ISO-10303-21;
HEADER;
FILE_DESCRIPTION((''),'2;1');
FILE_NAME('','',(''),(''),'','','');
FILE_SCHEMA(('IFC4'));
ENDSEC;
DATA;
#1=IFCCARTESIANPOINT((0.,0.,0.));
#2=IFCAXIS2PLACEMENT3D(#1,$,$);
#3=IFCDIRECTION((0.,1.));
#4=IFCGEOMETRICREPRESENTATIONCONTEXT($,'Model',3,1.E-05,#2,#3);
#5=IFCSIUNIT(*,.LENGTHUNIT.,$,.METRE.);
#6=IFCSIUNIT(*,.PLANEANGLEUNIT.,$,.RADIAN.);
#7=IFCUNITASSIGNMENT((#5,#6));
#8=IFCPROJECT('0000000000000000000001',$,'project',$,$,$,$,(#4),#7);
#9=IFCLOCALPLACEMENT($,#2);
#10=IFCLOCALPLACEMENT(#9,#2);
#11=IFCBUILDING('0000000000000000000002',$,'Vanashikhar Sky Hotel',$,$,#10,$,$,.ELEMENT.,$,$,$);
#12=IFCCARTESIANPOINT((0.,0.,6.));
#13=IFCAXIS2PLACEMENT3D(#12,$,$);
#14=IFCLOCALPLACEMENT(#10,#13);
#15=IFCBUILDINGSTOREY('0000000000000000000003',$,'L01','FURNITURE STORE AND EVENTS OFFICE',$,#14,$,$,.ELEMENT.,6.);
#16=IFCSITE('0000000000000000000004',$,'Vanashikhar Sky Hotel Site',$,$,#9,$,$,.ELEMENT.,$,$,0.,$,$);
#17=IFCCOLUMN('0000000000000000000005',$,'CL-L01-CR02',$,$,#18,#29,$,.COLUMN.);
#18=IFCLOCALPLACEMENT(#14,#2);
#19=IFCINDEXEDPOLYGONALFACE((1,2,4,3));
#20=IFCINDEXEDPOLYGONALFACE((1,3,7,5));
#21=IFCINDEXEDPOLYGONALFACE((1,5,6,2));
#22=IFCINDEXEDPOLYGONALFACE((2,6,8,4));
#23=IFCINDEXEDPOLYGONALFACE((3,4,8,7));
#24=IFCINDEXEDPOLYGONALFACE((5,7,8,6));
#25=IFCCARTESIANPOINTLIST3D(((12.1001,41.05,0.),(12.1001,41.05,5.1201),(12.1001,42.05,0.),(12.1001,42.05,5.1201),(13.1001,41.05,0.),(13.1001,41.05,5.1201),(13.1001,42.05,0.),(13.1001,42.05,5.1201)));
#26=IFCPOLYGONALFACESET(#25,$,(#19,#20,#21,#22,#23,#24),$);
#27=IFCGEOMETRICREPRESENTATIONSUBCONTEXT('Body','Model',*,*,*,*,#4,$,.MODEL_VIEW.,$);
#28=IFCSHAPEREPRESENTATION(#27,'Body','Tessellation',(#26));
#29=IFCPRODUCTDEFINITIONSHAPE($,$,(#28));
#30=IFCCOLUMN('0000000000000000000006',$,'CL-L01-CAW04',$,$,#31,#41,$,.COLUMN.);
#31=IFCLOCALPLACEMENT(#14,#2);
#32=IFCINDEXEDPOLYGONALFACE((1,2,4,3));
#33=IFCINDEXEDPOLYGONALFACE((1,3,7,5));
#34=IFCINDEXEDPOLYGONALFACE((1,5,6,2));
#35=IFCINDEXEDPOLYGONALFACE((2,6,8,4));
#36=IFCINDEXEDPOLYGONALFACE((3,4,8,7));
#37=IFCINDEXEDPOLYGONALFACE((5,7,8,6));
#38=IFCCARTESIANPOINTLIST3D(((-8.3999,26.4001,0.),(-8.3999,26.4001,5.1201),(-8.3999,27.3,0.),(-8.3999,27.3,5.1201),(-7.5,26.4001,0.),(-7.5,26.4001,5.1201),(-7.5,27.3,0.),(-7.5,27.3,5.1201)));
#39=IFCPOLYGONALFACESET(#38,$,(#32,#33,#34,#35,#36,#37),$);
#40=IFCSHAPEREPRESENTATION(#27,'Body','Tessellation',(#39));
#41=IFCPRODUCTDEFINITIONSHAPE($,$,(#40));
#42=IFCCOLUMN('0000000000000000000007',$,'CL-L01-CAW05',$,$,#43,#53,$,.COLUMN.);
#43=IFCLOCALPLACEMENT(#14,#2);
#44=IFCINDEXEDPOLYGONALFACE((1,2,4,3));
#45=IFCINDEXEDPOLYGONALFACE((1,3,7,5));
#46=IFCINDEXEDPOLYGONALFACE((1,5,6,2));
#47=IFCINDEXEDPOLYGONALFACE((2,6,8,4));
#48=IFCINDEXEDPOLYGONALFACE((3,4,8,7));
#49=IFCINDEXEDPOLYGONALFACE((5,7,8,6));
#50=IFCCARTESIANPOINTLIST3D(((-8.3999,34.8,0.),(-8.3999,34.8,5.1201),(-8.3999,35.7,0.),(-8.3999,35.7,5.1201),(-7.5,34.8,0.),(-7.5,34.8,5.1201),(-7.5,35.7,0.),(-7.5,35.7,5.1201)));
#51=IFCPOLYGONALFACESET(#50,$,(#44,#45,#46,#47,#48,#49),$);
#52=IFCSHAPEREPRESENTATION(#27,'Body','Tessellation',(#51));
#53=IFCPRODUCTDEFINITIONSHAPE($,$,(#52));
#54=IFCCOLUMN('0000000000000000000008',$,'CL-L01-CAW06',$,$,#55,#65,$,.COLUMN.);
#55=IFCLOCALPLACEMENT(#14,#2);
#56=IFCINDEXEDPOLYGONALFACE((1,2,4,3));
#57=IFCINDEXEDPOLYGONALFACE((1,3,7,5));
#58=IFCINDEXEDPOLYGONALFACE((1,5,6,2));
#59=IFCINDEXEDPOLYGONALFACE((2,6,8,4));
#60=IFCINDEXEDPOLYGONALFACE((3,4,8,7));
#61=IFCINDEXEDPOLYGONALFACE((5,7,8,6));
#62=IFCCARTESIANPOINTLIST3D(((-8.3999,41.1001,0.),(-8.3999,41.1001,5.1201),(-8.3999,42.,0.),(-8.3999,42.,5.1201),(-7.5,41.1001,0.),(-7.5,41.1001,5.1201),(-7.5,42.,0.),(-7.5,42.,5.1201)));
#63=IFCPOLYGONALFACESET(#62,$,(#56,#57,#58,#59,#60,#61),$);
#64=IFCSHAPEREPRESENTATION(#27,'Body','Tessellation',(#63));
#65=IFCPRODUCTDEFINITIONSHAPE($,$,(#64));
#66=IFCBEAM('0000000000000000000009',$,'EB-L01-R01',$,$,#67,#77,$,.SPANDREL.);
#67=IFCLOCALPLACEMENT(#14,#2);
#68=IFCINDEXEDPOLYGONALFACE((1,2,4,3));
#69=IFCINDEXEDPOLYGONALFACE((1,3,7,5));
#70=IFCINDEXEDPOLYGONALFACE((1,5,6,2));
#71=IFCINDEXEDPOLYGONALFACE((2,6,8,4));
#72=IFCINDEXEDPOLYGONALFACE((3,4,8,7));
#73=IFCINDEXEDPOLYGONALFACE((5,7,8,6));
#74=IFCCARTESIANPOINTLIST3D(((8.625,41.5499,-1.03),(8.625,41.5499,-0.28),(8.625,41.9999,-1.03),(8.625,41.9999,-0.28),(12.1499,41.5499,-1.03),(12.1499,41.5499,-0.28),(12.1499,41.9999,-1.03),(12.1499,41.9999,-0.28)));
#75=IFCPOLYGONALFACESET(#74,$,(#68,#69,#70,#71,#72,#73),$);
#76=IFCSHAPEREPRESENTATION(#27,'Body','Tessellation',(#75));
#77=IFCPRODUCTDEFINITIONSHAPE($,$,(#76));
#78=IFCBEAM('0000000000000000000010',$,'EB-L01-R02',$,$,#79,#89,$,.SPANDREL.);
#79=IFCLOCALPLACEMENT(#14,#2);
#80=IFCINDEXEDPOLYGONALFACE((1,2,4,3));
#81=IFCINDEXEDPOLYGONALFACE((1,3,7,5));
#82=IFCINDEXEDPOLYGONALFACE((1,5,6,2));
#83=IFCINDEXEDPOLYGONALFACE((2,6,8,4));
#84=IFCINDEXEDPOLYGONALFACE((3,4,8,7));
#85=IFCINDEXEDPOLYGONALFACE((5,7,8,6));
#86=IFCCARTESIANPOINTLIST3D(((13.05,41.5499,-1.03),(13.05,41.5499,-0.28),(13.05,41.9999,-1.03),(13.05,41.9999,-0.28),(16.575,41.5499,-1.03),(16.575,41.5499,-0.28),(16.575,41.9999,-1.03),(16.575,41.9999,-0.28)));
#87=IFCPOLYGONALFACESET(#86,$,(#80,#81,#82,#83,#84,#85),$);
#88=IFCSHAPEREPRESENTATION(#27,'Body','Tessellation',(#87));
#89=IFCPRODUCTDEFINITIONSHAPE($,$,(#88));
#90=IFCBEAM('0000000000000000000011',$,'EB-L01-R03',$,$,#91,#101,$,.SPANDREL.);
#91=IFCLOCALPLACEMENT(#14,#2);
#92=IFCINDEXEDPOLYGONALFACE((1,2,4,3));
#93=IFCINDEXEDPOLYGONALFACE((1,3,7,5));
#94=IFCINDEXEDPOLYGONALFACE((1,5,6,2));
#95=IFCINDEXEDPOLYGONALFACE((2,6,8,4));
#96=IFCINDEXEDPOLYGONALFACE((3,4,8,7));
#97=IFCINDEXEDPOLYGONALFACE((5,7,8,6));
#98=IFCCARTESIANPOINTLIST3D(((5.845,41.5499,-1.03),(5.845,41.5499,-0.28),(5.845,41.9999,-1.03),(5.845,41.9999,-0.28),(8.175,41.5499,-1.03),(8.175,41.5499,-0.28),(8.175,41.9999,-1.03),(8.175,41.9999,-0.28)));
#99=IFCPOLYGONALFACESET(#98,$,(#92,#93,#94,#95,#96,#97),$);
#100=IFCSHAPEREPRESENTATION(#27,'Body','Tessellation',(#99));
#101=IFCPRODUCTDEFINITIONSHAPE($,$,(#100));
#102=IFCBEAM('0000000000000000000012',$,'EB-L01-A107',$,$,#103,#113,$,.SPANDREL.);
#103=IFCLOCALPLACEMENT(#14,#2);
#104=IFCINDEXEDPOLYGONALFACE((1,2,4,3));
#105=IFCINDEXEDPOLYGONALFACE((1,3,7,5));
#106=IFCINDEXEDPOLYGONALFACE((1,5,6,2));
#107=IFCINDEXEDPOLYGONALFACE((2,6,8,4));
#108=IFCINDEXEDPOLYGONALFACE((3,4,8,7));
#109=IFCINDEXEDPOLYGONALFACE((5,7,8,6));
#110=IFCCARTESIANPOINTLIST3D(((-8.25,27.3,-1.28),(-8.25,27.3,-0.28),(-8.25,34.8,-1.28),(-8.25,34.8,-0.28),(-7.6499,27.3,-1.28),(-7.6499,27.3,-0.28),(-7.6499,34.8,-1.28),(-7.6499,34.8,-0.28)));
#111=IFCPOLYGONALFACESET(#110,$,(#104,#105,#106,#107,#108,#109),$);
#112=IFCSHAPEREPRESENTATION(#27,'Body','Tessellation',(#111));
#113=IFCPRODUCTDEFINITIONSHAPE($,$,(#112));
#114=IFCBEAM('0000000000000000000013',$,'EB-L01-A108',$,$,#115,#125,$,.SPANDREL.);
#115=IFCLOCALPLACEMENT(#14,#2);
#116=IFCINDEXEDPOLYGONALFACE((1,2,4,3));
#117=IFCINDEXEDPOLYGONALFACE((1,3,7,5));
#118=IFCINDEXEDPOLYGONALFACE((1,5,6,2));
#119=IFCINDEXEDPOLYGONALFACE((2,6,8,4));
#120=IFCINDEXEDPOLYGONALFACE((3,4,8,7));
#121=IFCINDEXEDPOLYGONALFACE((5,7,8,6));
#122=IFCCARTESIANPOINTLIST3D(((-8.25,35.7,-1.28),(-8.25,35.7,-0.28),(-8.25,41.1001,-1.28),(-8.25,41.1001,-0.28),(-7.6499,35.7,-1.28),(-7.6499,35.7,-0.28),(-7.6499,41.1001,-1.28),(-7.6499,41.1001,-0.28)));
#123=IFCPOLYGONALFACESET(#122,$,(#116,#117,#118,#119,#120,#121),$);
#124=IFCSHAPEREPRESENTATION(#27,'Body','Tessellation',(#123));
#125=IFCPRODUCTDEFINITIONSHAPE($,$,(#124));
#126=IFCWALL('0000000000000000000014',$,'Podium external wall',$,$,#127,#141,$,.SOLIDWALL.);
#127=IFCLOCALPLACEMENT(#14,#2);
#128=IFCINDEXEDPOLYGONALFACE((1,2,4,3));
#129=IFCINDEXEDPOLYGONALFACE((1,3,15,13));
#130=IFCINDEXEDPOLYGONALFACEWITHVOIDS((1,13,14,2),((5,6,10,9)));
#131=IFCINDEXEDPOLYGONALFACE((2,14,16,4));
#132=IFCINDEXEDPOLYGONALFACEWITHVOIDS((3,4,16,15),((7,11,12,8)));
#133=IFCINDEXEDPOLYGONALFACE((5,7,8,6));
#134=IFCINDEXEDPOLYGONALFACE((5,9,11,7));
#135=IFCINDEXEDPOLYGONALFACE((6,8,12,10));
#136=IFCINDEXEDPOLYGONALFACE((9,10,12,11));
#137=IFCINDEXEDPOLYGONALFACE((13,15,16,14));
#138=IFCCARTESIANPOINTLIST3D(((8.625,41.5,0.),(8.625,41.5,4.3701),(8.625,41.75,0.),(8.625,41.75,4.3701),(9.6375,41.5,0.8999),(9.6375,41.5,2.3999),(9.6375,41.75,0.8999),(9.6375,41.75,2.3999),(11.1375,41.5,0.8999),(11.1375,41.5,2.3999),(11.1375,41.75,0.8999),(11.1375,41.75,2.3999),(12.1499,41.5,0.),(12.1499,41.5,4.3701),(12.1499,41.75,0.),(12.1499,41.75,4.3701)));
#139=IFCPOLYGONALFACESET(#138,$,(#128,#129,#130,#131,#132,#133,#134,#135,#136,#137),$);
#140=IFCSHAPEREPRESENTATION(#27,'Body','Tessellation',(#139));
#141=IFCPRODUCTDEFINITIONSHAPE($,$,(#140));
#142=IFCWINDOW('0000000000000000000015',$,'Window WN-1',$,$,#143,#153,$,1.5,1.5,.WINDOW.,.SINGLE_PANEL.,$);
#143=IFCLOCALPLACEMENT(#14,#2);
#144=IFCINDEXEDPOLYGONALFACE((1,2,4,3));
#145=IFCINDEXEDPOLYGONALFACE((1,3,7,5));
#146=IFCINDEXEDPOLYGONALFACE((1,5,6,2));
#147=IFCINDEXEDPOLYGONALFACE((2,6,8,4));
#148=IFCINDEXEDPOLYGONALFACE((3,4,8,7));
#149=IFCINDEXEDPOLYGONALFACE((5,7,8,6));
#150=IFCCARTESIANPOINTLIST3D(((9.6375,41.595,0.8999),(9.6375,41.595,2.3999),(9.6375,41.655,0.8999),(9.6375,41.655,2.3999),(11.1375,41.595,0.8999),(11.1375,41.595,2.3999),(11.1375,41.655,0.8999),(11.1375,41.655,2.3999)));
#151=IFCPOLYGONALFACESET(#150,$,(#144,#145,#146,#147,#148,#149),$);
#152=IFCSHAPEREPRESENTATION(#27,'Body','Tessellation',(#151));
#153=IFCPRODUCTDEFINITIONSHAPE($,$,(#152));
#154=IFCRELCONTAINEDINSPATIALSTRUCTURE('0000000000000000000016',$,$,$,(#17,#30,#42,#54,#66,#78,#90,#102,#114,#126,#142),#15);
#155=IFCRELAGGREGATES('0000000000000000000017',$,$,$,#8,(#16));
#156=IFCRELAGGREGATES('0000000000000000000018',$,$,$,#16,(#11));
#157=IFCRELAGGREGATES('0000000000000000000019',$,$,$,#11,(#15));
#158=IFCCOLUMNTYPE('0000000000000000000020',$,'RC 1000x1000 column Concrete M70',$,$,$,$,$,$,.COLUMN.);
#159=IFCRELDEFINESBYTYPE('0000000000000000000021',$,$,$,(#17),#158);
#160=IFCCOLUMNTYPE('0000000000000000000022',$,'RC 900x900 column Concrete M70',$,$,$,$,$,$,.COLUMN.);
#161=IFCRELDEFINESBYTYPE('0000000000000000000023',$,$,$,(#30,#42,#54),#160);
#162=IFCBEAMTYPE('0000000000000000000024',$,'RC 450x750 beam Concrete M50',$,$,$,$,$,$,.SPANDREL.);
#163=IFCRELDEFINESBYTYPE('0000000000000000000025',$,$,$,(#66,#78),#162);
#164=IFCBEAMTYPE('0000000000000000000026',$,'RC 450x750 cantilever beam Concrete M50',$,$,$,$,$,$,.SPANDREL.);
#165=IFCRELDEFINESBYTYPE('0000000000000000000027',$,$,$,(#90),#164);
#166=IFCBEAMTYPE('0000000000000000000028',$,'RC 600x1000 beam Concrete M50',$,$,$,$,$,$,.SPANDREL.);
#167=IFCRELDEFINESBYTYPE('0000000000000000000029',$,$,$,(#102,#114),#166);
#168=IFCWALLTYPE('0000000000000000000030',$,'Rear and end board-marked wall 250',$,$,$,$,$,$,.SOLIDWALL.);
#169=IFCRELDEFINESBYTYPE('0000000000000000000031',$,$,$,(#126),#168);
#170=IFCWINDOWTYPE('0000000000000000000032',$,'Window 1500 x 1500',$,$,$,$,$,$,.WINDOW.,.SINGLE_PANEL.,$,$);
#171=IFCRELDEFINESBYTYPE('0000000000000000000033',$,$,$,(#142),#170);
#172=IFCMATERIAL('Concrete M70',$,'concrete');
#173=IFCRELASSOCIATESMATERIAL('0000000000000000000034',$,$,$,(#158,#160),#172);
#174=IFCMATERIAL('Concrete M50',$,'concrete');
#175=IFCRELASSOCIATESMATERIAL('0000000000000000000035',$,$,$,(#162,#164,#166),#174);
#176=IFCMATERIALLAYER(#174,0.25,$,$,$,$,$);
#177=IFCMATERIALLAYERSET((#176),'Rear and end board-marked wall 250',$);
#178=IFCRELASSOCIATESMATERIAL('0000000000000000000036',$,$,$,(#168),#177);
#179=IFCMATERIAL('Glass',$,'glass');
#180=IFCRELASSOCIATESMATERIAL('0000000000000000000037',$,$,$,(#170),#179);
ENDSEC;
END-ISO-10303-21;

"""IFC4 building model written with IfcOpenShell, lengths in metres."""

from ifc_helpers import new_model, si_unit, direction, frame, frame_2d, origin, origin_2d, place, context, subcontext, project, spatial, rectangle, extrude, source, transform, mapped, material, layer, layer_set, material_profile, profile_set, type_object, element, fill, save


model = new_model("IFC4")

# Units and contexts
model_context = context("Model", 3, precision=1e-05, world=origin(), true_north=direction((0.0, 1.0)))
body_context = subcontext(model_context, "Body", "Model", "MODEL_VIEW")
ifc_project = project(units=[si_unit("LENGTHUNIT", "METRE"), si_unit("PLANEANGLEUNIT", "RADIAN")], contexts=[model_context])

# Site, building, storey
site_placement = place(None, origin())
site = spatial("IfcSite", under=ifc_project, at=site_placement, Name="Vanashikhar Sky Hotel Site", CompositionType="ELEMENT", RefElevation=0.0)
building_placement = place(site_placement, origin())
building = spatial("IfcBuilding", under=site, at=building_placement, Name="Vanashikhar Sky Hotel", CompositionType="ELEMENT")
storey_placement = place(building_placement, frame((0.0, 0.0, 6.0)))
storey = spatial("IfcBuildingStorey", under=building, at=storey_placement, Name="L01", Description="FURNITURE STORE AND EVENTS OFFICE", CompositionType="ELEMENT", Elevation=6.0)

# Columns
ifc_material_1 = material(Name="Concrete M70", Category="concrete")
ifc_material_profile_1 = material_profile(ifc_material_1, rectangle(XDim=1.0, YDim=1.0, at=origin_2d()))
ifc_profile_set_1 = profile_set([ifc_material_profile_1], Name="RC 1000x1000 column Concrete M70")
column_type_1 = type_object("IfcColumnType", Name="RC 1000x1000 column Concrete M70", PredefinedType="COLUMN", material=ifc_profile_set_1)
shared_shape_1 = source(origin(), body_context, "Body", "SweptSolid", [
    extrude(rectangle(XDim=1.0, YDim=1.0, at=origin_2d()), origin(), (0.0, 0.0, 1.0), 5.1201),
])
column_placement = place(storey_placement, frame((12.6001, 41.55, 0.0), z_axis=(0.0, 0.0, 1.0), x_axis=(1.0, 0.0, 0.0)))
element("IfcColumn", 1, at=column_placement, inside=storey, type_object=column_type_1, Name="CL-L01-CR02", PredefinedType="COLUMN", context=body_context, shape_type="MappedRepresentation", body=[
    mapped(shared_shape_1, transform((0.0, 0.0, 0.0), scale=1.0)),
])
ifc_material_profile_2 = material_profile(ifc_material_1, rectangle(XDim=0.8999, YDim=0.8999, at=origin_2d()))
ifc_profile_set_2 = profile_set([ifc_material_profile_2], Name="RC 900x900 column Concrete M70")
column_type_2 = type_object("IfcColumnType", Name="RC 900x900 column Concrete M70", PredefinedType="COLUMN", material=ifc_profile_set_2)
shared_shape_2 = source(origin(), body_context, "Body", "SweptSolid", [
    extrude(rectangle(XDim=0.8999, YDim=0.8999, at=origin_2d()), origin(), (0.0, 0.0, 1.0), 5.1201),
])
for number, where, z_axis, x_axis, name in (
    (2, (-7.95, 26.8501, 0.0), (0.0, 0.0, 1.0), (1.0, 0.0, 0.0), "CL-L01-CAW04"),
    (3, (-7.95, 35.25, 0.0), (0.0, 0.0, 1.0), (1.0, 0.0, 0.0), "CL-L01-CAW05"),
    (4, (-7.95, 41.55, 0.0), (0.0, 0.0, 1.0), (1.0, 0.0, 0.0), "CL-L01-CAW06"),
):
    element("IfcColumn", number, at=place(storey_placement, frame(where, z_axis=z_axis, x_axis=x_axis)), inside=storey, type_object=column_type_2, Name=name, PredefinedType="COLUMN", context=body_context, shape_type="MappedRepresentation", body=[
        mapped(shared_shape_2, transform((0.0, 0.0, 0.0), scale=1.0)),
    ])

# Beams
ifc_material_2 = material(Name="Concrete M50", Category="concrete")
ifc_material_profile_3 = material_profile(ifc_material_2, rectangle(XDim=0.45, YDim=0.75, at=origin_2d()))
ifc_profile_set_3 = profile_set([ifc_material_profile_3], Name="RC 450x750 beam Concrete M50")
beam_type_1 = type_object("IfcBeamType", Name="RC 450x750 beam Concrete M50", PredefinedType="SPANDREL", material=ifc_profile_set_3)
shared_shape_3 = source(origin(), body_context, "Body", "SweptSolid", [
    extrude(rectangle(XDim=0.45, YDim=0.75, at=origin_2d()), origin(), (0.0, 0.0, 1.0), 3.5249),
])
for number, where, z_axis, x_axis, name in (
    (5, (8.625, 41.7749, -0.655), (1.0, 0.0, 0.0), (0.0, 1.0, 0.0), "EB-L01-R01"),
    (6, (13.05, 41.7749, -0.655), (1.0, 0.0, 0.0), (0.0, 1.0, 0.0), "EB-L01-R02"),
):
    element("IfcBeam", number, at=place(storey_placement, frame(where, z_axis=z_axis, x_axis=x_axis)), inside=storey, type_object=beam_type_1, Name=name, PredefinedType="SPANDREL", context=body_context, shape_type="MappedRepresentation", body=[
        mapped(shared_shape_3, transform((0.0, 0.0, 0.0), scale=1.0)),
    ])
ifc_material_profile_4 = material_profile(ifc_material_2, rectangle(XDim=0.45, YDim=0.75, at=origin_2d()))
ifc_profile_set_4 = profile_set([ifc_material_profile_4], Name="RC 450x750 cantilever beam Concrete M50")
beam_type_2 = type_object("IfcBeamType", Name="RC 450x750 cantilever beam Concrete M50", PredefinedType="SPANDREL", material=ifc_profile_set_4)
shared_shape_4 = source(origin(), body_context, "Body", "SweptSolid", [
    extrude(rectangle(XDim=0.45, YDim=0.75, at=origin_2d()), origin(), (0.0, 0.0, 1.0), 2.3301),
])
beam_1_placement = place(storey_placement, frame((5.845, 41.7749, -0.655), z_axis=(1.0, 0.0, 0.0), x_axis=(0.0, 1.0, 0.0)))
element("IfcBeam", 7, at=beam_1_placement, inside=storey, type_object=beam_type_2, Name="EB-L01-R03", PredefinedType="SPANDREL", context=body_context, shape_type="MappedRepresentation", body=[
    mapped(shared_shape_4, transform((0.0, 0.0, 0.0), scale=1.0)),
])
ifc_material_profile_5 = material_profile(ifc_material_2, rectangle(XDim=0.6001, YDim=1.0, at=origin_2d()))
ifc_profile_set_5 = profile_set([ifc_material_profile_5], Name="RC 600x1000 beam Concrete M50")
beam_type_3 = type_object("IfcBeamType", Name="RC 600x1000 beam Concrete M50", PredefinedType="SPANDREL", material=ifc_profile_set_5)
shared_shape_5 = source(origin(), body_context, "Body", "SweptSolid", [
    extrude(rectangle(XDim=0.6001, YDim=1.0, at=origin_2d()), origin(), (0.0, 0.0, 1.0), 7.5),
])
beam_2_placement = place(storey_placement, frame((-7.95, 27.3, -0.78), z_axis=(0.0, 1.0, 0.0), x_axis=(-1.0, 0.0, 0.0)))
element("IfcBeam", 8, at=beam_2_placement, inside=storey, type_object=beam_type_3, Name="EB-L01-A107", PredefinedType="SPANDREL", context=body_context, shape_type="MappedRepresentation", body=[
    mapped(shared_shape_5, transform((0.0, 0.0, 0.0), scale=1.0)),
])
shared_shape_6 = source(origin(), body_context, "Body", "SweptSolid", [
    extrude(rectangle(XDim=0.6001, YDim=1.0, at=origin_2d()), origin(), (0.0, 0.0, 1.0), 5.4001),
])
beam_3_placement = place(storey_placement, frame((-7.95, 35.7, -0.78), z_axis=(0.0, 1.0, 0.0), x_axis=(-1.0, 0.0, 0.0)))
element("IfcBeam", 9, at=beam_3_placement, inside=storey, type_object=beam_type_3, Name="EB-L01-A108", PredefinedType="SPANDREL", context=body_context, shape_type="MappedRepresentation", body=[
    mapped(shared_shape_6, transform((0.0, 0.0, 0.0), scale=1.0)),
])

# Wall, opening, window
ifc_layer = layer(ifc_material_2, 0.25)
ifc_layer_set = layer_set([ifc_layer], Name="Rear and end board-marked wall 250")
wall_type = type_object("IfcWallType", Name="Rear and end board-marked wall 250", PredefinedType="SOLIDWALL", material=ifc_layer_set)
shared_shape_7 = source(origin(), body_context, "Body", "SweptSolid", [
    extrude(rectangle(XDim=3.5249, YDim=0.25, at=frame_2d((1.7625, 0.0))), origin(), (0.0, 0.0, 1.0), 4.3701),
])
wall_1_placement = place(storey_placement, frame((12.1499, 41.625, 0.0), z_axis=(0.0, 0.0, 1.0), x_axis=(-1.0, 0.0, 0.0)))
wall_1 = element("IfcWall", 10, at=wall_1_placement, inside=storey, type_object=wall_type, Name="Podium external wall", PredefinedType="SOLIDWALL", context=body_context, shape_type="MappedRepresentation", body=[
    mapped(shared_shape_7, transform((0.0, 0.0, 0.0), scale=1.0)),
])
shared_shape_8 = source(origin(), body_context, "Body", "SweptSolid", [
    extrude(rectangle(XDim=1.5, YDim=1.5, at=frame_2d((0.75, 0.75))), frame((0.0, 0.135, 0.0), z_axis=(0.0, -1.0, 0.0), x_axis=(1.0, 0.0, 0.0)), (0.0, 0.0, 1.0), 0.27),
])
opening_1_placement = place(wall_1_placement, frame((1.0125, 0.0, 0.8999)))
opening_1 = element("IfcOpeningElement", 11, at=opening_1_placement, cuts=wall_1, PredefinedType="OPENING", context=body_context, shape_type="MappedRepresentation", body=[
    mapped(shared_shape_8, transform((0.0, 0.0, 0.0), scale=1.0)),
])
ifc_material_3 = material(Name="Glass", Category="glass")
window_type_1 = type_object("IfcWindowType", Name="Window 1500 x 1500", PartitioningType="SINGLE_PANEL", PredefinedType="WINDOW", material=ifc_material_3)
shared_shape_9 = source(origin(), body_context, "Body", "SweptSolid", [
    extrude(rectangle(XDim=1.5, YDim=1.5, at=frame_2d((0.75, 0.75))), frame((0.0, 0.03, 0.0), z_axis=(0.0, -1.0, 0.0), x_axis=(1.0, 0.0, 0.0)), (0.0, 0.0, 1.0), 0.0601),
])
window_1_placement = place(opening_1_placement, origin())
window_1 = element("IfcWindow", 12, at=window_1_placement, inside=storey, type_object=window_type_1, Name="Window WN-1", OverallHeight=1.5, OverallWidth=1.5, PartitioningType="SINGLE_PANEL", PredefinedType="WINDOW", context=body_context, shape_type="MappedRepresentation", body=[
    mapped(shared_shape_9, transform((0.0, 0.0, 0.0), scale=1.0)),
])
fill(opening_1, window_1)

save(model, "model.ifc")
